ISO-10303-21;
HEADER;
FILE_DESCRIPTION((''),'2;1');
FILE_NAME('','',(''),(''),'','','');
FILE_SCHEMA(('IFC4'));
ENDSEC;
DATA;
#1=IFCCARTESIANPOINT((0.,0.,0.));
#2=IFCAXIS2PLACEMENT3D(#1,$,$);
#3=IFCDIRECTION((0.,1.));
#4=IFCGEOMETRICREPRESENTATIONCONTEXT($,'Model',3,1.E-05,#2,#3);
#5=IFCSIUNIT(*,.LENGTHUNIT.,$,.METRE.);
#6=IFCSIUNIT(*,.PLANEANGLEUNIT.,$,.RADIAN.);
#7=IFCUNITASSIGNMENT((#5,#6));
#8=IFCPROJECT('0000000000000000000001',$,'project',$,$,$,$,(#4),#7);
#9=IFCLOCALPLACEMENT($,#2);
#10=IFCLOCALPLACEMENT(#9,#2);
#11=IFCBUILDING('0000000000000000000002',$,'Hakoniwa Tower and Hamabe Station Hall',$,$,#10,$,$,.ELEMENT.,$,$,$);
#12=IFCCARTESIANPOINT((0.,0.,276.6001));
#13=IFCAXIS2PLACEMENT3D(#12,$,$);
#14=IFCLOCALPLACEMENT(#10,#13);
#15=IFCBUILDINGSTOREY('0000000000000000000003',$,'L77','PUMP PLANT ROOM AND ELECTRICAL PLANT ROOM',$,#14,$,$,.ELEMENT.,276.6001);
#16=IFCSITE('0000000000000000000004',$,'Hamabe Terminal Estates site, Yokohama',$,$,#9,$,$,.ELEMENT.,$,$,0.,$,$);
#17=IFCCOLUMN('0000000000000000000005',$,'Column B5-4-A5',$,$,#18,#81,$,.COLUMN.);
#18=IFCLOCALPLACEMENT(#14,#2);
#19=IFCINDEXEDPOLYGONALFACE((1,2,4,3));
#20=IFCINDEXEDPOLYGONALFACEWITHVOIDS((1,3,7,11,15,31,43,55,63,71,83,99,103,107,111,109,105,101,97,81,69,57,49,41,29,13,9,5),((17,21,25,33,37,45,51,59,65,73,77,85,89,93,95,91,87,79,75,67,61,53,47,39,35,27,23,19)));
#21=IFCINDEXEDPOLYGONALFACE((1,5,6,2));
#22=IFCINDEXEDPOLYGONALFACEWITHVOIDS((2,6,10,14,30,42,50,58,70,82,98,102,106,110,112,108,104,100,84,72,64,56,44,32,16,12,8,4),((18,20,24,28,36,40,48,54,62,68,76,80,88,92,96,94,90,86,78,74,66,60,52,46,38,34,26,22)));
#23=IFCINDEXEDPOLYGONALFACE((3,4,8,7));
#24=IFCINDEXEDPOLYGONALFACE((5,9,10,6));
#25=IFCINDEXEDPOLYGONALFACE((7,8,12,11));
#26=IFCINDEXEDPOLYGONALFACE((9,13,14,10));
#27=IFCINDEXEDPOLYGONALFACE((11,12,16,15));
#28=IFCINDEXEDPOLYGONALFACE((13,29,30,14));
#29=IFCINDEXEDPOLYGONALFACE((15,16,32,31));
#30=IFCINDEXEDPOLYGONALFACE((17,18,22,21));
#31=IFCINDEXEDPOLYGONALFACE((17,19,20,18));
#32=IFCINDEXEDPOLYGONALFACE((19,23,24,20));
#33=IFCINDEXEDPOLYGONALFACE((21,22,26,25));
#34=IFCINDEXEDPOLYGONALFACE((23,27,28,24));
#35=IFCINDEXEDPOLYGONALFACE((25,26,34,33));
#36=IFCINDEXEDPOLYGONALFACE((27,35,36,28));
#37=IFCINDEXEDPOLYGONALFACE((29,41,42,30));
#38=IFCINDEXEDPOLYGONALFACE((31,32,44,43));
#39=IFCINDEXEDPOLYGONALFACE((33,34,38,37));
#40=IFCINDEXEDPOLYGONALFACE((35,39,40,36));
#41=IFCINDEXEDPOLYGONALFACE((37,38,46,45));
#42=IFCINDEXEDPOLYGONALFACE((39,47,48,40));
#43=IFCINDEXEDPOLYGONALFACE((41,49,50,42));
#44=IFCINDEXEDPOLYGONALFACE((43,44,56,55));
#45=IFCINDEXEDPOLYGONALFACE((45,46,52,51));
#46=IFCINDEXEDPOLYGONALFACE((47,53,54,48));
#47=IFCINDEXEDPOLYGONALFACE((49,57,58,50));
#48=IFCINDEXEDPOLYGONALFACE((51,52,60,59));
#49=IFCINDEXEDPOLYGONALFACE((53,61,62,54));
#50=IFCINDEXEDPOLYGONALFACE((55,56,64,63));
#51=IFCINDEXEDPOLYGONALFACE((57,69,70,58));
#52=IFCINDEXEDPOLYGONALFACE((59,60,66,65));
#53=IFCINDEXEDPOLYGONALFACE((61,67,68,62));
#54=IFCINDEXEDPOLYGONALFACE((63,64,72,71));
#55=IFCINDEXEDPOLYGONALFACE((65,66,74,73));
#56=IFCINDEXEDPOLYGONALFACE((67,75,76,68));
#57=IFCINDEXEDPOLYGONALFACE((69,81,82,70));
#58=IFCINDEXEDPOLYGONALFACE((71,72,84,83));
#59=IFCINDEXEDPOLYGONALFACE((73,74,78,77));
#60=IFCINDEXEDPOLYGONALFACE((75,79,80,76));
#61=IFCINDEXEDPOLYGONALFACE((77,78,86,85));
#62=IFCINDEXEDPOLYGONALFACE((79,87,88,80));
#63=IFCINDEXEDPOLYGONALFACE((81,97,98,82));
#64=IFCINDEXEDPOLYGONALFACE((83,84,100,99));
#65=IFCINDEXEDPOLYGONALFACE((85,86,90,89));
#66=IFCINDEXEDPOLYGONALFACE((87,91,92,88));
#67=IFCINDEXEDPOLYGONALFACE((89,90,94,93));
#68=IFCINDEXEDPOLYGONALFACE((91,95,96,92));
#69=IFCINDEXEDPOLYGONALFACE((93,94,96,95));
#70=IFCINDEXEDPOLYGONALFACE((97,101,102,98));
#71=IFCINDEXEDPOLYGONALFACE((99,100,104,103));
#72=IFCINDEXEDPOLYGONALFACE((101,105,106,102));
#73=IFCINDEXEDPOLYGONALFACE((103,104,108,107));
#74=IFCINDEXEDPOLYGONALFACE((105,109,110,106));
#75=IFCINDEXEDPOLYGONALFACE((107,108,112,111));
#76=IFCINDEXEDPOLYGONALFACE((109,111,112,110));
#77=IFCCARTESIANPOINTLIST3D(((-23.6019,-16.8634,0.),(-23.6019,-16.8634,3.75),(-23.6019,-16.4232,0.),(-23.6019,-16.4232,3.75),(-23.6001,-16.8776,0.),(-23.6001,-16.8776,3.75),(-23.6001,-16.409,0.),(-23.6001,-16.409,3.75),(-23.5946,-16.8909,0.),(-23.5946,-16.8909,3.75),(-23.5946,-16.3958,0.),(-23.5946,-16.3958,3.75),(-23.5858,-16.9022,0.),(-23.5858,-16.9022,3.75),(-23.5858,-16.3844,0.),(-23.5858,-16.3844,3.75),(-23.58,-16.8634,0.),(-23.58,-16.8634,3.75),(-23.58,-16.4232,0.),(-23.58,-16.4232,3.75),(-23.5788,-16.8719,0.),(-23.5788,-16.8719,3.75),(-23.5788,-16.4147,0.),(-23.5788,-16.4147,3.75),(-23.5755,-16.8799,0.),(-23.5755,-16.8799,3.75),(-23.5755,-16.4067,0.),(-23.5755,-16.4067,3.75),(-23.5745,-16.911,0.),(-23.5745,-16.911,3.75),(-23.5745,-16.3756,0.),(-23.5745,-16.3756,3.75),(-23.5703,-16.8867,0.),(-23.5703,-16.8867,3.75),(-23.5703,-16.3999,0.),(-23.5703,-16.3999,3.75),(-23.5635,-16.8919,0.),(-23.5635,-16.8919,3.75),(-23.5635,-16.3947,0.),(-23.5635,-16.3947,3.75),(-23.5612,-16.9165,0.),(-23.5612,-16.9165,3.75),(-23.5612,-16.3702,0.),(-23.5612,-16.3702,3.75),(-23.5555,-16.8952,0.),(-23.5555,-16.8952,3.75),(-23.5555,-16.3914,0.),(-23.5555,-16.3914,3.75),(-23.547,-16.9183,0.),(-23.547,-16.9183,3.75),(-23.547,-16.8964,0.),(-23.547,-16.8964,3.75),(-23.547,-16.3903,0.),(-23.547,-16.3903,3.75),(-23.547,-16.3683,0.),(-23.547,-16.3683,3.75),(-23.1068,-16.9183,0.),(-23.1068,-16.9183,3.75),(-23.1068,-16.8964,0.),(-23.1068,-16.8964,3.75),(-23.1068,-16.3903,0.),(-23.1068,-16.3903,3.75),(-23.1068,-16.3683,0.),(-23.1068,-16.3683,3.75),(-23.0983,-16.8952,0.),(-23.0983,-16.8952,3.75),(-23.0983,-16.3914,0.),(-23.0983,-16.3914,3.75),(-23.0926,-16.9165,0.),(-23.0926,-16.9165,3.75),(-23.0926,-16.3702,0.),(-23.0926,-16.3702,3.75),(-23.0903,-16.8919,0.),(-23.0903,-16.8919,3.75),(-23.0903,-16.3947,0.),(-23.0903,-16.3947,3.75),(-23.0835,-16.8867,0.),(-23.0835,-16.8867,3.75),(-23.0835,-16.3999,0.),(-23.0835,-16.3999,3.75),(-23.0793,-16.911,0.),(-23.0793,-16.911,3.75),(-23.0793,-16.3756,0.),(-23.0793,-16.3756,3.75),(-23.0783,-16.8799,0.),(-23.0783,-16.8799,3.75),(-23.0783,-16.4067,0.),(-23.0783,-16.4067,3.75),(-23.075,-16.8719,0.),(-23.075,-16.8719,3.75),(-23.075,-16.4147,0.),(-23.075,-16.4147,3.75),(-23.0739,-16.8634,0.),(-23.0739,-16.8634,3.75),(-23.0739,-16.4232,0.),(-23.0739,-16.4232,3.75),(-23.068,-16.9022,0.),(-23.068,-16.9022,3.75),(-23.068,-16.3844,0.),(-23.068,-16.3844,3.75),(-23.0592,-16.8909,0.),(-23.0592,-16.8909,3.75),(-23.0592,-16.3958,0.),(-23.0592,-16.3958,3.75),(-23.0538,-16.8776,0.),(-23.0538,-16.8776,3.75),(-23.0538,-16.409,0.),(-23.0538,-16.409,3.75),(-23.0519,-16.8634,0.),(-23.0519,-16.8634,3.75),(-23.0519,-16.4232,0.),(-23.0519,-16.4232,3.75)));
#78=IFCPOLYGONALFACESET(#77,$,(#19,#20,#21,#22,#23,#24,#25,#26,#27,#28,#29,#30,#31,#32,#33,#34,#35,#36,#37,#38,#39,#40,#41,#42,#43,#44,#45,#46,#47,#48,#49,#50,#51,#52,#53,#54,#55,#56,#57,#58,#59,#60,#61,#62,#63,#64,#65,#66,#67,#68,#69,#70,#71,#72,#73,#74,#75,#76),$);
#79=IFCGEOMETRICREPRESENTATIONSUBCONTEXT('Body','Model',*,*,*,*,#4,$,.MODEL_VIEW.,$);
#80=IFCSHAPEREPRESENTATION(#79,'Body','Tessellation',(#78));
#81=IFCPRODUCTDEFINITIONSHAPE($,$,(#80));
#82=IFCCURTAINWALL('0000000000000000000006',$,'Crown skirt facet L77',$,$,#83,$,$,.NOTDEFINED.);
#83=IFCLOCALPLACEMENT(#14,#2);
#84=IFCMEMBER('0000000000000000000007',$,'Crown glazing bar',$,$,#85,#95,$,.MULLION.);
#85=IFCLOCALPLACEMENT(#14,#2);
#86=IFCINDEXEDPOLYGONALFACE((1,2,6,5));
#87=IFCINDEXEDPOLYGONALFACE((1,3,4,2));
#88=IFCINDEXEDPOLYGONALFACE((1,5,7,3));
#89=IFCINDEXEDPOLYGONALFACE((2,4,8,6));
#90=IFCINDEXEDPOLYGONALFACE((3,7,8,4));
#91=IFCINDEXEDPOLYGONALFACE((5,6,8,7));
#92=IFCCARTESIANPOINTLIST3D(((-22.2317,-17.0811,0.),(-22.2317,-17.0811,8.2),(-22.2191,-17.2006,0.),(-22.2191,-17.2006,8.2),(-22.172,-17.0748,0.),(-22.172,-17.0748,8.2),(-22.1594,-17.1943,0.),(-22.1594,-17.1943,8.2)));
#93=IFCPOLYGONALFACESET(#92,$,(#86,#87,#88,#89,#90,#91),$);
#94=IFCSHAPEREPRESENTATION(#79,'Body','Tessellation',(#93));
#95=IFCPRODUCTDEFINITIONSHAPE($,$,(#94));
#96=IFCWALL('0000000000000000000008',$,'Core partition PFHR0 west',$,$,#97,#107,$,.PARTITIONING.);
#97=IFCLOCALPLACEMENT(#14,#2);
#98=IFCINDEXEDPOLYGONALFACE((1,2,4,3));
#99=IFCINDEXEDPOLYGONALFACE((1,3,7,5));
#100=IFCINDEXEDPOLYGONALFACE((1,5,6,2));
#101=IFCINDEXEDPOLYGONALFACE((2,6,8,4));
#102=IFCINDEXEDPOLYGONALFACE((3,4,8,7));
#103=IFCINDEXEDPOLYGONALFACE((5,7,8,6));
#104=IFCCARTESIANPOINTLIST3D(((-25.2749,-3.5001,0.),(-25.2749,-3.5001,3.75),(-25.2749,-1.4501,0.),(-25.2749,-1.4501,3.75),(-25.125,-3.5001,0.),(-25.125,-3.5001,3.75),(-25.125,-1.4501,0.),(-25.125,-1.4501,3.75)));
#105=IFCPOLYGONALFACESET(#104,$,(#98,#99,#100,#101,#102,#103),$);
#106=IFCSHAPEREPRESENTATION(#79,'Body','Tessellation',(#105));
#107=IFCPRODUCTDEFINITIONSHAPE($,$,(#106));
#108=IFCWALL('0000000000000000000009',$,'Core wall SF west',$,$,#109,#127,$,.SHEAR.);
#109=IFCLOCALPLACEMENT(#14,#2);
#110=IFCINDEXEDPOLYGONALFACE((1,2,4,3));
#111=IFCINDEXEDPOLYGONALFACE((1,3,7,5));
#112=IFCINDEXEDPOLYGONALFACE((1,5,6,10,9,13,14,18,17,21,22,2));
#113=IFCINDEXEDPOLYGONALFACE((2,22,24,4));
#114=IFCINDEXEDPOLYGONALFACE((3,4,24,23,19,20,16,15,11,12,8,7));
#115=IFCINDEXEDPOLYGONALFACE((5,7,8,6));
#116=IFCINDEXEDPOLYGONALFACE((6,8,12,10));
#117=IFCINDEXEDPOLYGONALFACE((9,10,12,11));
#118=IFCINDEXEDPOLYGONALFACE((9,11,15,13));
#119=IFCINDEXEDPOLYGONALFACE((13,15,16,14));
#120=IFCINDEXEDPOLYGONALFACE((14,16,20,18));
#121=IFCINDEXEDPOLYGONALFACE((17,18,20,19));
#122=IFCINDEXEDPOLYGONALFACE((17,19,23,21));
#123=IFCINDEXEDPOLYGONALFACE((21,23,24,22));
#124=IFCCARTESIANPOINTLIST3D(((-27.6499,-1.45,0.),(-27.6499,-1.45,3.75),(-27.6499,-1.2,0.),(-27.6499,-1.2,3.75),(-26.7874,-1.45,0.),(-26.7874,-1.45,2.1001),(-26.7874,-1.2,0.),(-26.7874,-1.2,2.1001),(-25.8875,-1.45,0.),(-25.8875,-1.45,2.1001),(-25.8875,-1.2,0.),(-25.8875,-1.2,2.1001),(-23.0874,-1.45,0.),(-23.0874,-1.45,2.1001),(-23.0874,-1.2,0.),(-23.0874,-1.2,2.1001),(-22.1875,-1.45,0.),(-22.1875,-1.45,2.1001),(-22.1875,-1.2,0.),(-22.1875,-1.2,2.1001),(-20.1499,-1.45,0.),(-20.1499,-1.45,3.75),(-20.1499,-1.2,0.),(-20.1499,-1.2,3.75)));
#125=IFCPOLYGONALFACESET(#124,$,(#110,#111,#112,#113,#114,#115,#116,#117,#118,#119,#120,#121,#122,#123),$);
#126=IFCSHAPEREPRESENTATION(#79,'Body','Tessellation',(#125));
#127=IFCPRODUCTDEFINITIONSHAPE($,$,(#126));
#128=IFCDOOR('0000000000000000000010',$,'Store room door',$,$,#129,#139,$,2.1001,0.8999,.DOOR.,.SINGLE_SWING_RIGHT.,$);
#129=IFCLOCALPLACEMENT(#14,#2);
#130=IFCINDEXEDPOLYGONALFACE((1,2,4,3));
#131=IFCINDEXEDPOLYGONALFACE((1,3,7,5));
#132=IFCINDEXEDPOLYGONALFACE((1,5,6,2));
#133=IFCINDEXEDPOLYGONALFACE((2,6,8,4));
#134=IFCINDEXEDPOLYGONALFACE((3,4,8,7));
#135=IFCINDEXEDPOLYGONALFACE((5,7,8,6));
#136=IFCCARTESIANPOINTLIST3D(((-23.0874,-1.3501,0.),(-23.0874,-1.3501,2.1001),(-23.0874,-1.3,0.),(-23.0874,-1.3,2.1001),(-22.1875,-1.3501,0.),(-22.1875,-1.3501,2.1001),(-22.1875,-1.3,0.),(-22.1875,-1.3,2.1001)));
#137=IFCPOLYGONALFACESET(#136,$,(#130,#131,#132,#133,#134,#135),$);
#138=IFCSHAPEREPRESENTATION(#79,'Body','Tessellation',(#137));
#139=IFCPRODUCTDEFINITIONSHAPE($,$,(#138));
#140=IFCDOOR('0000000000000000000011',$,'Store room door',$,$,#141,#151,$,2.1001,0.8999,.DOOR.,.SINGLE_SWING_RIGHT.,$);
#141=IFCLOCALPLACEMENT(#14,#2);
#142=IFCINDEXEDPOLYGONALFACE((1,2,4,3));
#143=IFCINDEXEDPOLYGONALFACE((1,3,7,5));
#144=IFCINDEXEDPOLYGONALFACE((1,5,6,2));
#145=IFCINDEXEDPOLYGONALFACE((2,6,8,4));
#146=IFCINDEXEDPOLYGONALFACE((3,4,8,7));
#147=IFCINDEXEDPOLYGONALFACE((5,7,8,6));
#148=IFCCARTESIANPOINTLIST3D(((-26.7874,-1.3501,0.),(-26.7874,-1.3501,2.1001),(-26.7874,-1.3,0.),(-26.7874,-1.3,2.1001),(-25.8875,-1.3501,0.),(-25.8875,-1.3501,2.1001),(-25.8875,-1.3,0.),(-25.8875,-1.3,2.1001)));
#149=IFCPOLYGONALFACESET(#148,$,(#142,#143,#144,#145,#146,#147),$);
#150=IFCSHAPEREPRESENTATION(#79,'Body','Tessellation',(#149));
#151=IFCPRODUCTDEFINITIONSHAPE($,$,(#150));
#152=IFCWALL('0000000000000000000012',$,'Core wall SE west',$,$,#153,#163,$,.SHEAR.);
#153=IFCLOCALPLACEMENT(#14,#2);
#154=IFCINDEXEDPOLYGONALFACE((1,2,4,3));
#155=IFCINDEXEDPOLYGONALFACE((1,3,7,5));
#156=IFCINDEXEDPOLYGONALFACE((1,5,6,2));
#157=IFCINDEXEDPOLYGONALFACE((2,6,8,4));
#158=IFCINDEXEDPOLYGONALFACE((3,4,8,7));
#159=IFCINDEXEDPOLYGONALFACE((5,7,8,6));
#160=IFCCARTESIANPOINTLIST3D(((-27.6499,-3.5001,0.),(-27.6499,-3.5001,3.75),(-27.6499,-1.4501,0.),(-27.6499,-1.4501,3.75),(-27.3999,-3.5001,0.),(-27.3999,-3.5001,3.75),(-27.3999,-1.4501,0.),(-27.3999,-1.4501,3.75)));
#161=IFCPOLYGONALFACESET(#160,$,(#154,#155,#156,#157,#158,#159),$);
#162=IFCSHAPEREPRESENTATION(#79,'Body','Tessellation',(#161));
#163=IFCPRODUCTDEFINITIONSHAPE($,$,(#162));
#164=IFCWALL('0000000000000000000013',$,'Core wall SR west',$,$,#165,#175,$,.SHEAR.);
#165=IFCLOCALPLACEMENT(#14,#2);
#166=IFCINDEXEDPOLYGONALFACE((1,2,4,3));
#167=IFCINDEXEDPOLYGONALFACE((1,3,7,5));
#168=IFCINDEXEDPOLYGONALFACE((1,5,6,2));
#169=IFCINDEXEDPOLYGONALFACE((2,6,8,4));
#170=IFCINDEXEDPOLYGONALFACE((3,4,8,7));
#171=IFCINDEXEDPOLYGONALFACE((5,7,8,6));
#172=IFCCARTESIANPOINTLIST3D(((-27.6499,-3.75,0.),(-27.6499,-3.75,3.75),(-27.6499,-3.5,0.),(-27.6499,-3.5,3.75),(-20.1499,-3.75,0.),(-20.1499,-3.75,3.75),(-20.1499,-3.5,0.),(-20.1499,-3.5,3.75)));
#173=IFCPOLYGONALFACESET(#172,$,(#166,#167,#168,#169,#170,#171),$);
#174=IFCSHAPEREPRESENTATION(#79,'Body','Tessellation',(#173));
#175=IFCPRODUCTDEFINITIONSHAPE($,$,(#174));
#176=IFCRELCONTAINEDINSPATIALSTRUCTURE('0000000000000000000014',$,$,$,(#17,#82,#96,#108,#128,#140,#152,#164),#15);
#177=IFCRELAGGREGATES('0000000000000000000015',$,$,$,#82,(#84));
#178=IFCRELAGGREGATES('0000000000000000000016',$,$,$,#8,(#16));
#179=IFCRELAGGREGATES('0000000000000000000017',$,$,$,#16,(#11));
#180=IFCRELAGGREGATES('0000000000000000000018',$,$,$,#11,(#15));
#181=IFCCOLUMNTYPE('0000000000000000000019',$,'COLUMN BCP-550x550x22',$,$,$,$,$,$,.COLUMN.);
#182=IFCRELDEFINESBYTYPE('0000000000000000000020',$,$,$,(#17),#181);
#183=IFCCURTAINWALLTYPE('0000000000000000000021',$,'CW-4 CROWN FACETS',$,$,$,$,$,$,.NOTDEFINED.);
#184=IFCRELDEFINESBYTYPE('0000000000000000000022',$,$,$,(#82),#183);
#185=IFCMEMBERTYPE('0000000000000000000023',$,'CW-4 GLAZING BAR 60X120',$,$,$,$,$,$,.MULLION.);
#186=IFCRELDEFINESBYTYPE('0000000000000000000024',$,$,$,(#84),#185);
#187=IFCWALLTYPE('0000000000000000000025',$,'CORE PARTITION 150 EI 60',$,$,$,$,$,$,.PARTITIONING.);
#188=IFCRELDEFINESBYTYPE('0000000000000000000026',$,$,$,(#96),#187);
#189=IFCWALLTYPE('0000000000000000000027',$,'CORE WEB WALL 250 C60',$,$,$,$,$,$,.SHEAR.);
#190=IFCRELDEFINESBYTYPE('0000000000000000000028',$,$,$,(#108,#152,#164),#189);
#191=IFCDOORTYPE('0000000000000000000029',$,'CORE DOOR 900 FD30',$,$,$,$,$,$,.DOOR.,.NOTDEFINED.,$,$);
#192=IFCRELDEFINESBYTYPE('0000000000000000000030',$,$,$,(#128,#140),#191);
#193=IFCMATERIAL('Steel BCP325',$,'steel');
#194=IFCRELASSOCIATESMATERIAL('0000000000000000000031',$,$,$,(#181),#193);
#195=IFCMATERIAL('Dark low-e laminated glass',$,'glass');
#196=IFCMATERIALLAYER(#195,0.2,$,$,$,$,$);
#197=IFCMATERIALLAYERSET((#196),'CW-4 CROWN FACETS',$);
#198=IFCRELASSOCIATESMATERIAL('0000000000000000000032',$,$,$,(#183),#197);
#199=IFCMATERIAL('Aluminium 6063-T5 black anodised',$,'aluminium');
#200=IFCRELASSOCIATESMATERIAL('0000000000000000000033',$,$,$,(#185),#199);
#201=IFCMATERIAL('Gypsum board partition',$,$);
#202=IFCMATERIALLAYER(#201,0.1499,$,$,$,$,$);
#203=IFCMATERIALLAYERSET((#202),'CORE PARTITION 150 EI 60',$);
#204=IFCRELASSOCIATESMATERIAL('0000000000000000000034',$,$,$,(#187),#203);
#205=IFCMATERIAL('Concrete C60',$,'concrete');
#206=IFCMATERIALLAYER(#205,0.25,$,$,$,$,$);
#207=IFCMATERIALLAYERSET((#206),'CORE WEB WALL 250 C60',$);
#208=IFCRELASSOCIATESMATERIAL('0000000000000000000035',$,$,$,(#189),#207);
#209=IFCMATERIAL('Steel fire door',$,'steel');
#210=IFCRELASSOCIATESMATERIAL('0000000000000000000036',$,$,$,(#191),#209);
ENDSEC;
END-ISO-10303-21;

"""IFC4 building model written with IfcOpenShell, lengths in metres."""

from ifc_helpers import new_model, si_unit, direction, frame, frame_2d, origin, origin_2d, place, context, subcontext, project, spatial, rectangle, hollow_rectangle, extrude, material, layer, layer_set, material_profile, profile_set, type_object, element, fill, aggregate, save


model = new_model("IFC4")

# Units and contexts
model_context = context("Model", 3, precision=1e-05, world=origin(), true_north=direction((0.0, 1.0)))
body_context = subcontext(model_context, "Body", "Model", "MODEL_VIEW")
ifc_project = project(units=[si_unit("LENGTHUNIT", "METRE"), si_unit("PLANEANGLEUNIT", "RADIAN")], contexts=[model_context])

# Site, building, storey
site_placement = place(None, origin())
site = spatial("IfcSite", under=ifc_project, at=site_placement, Name="Hamabe Terminal Estates site, Yokohama", CompositionType="ELEMENT", RefElevation=0.0)
building_placement = place(site_placement, origin())
building = spatial("IfcBuilding", under=site, at=building_placement, Name="Hakoniwa Tower and Hamabe Station Hall", CompositionType="ELEMENT")
storey_placement = place(building_placement, frame((0.0, 0.0, 276.6001)))
storey = spatial("IfcBuildingStorey", under=building, at=storey_placement, Name="L77", Description="PUMP PLANT ROOM AND ELECTRICAL PLANT ROOM", CompositionType="ELEMENT", Elevation=276.6001)

# Column
ifc_material_1 = material(Name="Steel BCP325", Category="steel")
ifc_material_profile_1 = material_profile(ifc_material_1, hollow_rectangle(XDim=0.55, YDim=0.55, WallThickness=0.022, InnerFilletRadius=0.033, OuterFilletRadius=0.0549, at=origin_2d()), Name="BCP-550x550x22")
ifc_profile_set_1 = profile_set([ifc_material_profile_1], Name="Steel BCP325")
column_type = type_object("IfcColumnType", Name="COLUMN BCP-550x550x22", PredefinedType="COLUMN", material=ifc_profile_set_1)
column_placement = place(storey_placement, frame((-23.3269, -16.6433, 0.0), z_axis=(0.0, 0.0, 1.0), x_axis=(1.0, 0.0, 0.0)))
element("IfcColumn", 1, at=column_placement, inside=storey, type_object=column_type, Name="Column B5-4-A5", PredefinedType="COLUMN", context=body_context, shape_type="SweptSolid", body=[
    extrude(hollow_rectangle(XDim=0.55, YDim=0.55, WallThickness=0.022, InnerFilletRadius=0.033, OuterFilletRadius=0.0549, at=origin_2d()), origin(), (0.0, 0.0, 1.0), 3.75),
])

# Curtain wall, member
ifc_material_2 = material(Name="Dark low-e laminated glass", Category="glass")
ifc_layer_1 = layer(ifc_material_2, 0.2)
ifc_layer_set_1 = layer_set([ifc_layer_1], Name="CW-4 CROWN FACETS")
curtain_wall_type = type_object("IfcCurtainWallType", Name="CW-4 CROWN FACETS", PredefinedType="NOTDEFINED", material=ifc_layer_set_1)
curtain_wall_placement = place(storey_placement, origin())
curtain_wall = element("IfcCurtainWall", 2, at=curtain_wall_placement, inside=storey, type_object=curtain_wall_type, Name="Crown skirt facet L77", PredefinedType="NOTDEFINED")
ifc_material_3 = material(Name="Aluminium 6063-T5 black anodised", Category="aluminium")
ifc_material_profile_2 = material_profile(ifc_material_3, rectangle(XDim=0.0601, YDim=0.1201, at=origin_2d()), Name="CW-4 GLAZING BAR 60X120")
ifc_profile_set_2 = profile_set([ifc_material_profile_2], Name="Aluminium 6063-T5 black anodised")
member_type = type_object("IfcMemberType", Name="CW-4 GLAZING BAR 60X120", PredefinedType="MULLION", material=ifc_profile_set_2)
member_placement = place(storey_placement, frame((-22.1956, -17.1377, 0.0), z_axis=(0.0, 0.0, 1.0), x_axis=(-0.994522, -0.104528, 0.0)))
member = element("IfcMember", 3, at=member_placement, type_object=member_type, Name="Crown glazing bar", PredefinedType="MULLION", context=body_context, shape_type="SweptSolid", body=[
    extrude(rectangle(XDim=0.0601, YDim=0.1201, at=origin_2d()), origin(), (0.0, 0.0, 1.0), 8.2),
])
aggregate(curtain_wall, [member])

# Wall
ifc_material_4 = material(Name="Gypsum board partition")
ifc_layer_2 = layer(ifc_material_4, 0.1499)
ifc_layer_set_2 = layer_set([ifc_layer_2], Name="CORE PARTITION 150 EI 60")
wall_type_1 = type_object("IfcWallType", Name="CORE PARTITION 150 EI 60", PredefinedType="PARTITIONING", material=ifc_layer_set_2)
wall_1_placement = place(storey_placement, frame((-25.2, -3.5, 0.0), z_axis=(0.0, 0.0, 1.0), x_axis=(0.0, 1.0, 0.0)))
element("IfcWall", 4, at=wall_1_placement, inside=storey, type_object=wall_type_1, Name="Core partition PFHR0 west", PredefinedType="PARTITIONING", context=body_context, shape_type="SweptSolid", body=[
    extrude(rectangle(XDim=2.05, YDim=0.1499, at=frame_2d((1.0249, 0.0))), origin(), (0.0, 0.0, 1.0), 3.75),
])

# Wall, openings, doors
ifc_material_5 = material(Name="Concrete C60", Category="concrete")
ifc_layer_3 = layer(ifc_material_5, 0.25)
ifc_layer_set_3 = layer_set([ifc_layer_3], Name="CORE WEB WALL 250 C60")
wall_type_2 = type_object("IfcWallType", Name="CORE WEB WALL 250 C60", PredefinedType="SHEAR", material=ifc_layer_set_3)
wall_2_placement = place(storey_placement, frame((-27.6499, -1.325, 0.0), z_axis=(0.0, 0.0, 1.0), x_axis=(1.0, 0.0, 0.0)))
wall_2 = element("IfcWall", 5, at=wall_2_placement, inside=storey, type_object=wall_type_2, Name="Core wall SF west", PredefinedType="SHEAR", context=body_context, shape_type="SweptSolid", body=[
    extrude(rectangle(XDim=7.5, YDim=0.25, at=frame_2d((3.75, 0.0))), origin(), (0.0, 0.0, 1.0), 3.75),
])
opening_1_placement = place(wall_2_placement, frame((4.5625, 0.0, 0.0)))
opening_1 = element("IfcOpeningElement", 6, at=opening_1_placement, cuts=wall_2, PredefinedType="OPENING", context=body_context, shape_type="SweptSolid", body=[
    extrude(rectangle(XDim=0.8999, YDim=2.1001, at=frame_2d((0.45, 1.05))), frame((0.0, 0.135, 0.0), z_axis=(0.0, -1.0, 0.0), x_axis=(1.0, 0.0, 0.0)), (0.0, 0.0, 1.0), 0.27),
])
opening_2_placement = place(wall_2_placement, frame((0.8625, 0.0, 0.0)))
opening_2 = element("IfcOpeningElement", 7, at=opening_2_placement, cuts=wall_2, PredefinedType="OPENING", context=body_context, shape_type="SweptSolid", body=[
    extrude(rectangle(XDim=0.8999, YDim=2.1001, at=frame_2d((0.45, 1.05))), frame((0.0, 0.135, 0.0), z_axis=(0.0, -1.0, 0.0), x_axis=(1.0, 0.0, 0.0)), (0.0, 0.0, 1.0), 0.27),
])
ifc_material_6 = material(Name="Steel fire door", Category="steel")
door_type_1 = type_object("IfcDoorType", Name="CORE DOOR 900 FD30", OperationType="NOTDEFINED", PredefinedType="DOOR", material=ifc_material_6)
door_1_placement = place(opening_1_placement, origin())
door_1 = element("IfcDoor", 8, at=door_1_placement, inside=storey, type_object=door_type_1, Name="Store room door", OperationType="SINGLE_SWING_RIGHT", OverallHeight=2.1001, OverallWidth=0.8999, PredefinedType="DOOR", context=body_context, shape_type="SweptSolid", body=[
    extrude(rectangle(XDim=0.8999, YDim=2.1001, at=frame_2d((0.45, 1.05))), frame((0.0, 0.0249, 0.0), z_axis=(0.0, -1.0, 0.0), x_axis=(1.0, 0.0, 0.0)), (0.0, 0.0, 1.0), 0.05),
])
fill(opening_1, door_1)
door_2_placement = place(opening_2_placement, origin())
door_2 = element("IfcDoor", 9, at=door_2_placement, inside=storey, type_object=door_type_1, Name="Store room door", OperationType="SINGLE_SWING_RIGHT", OverallHeight=2.1001, OverallWidth=0.8999, PredefinedType="DOOR", context=body_context, shape_type="SweptSolid", body=[
    extrude(rectangle(XDim=0.8999, YDim=2.1001, at=frame_2d((0.45, 1.05))), frame((0.0, 0.0249, 0.0), z_axis=(0.0, -1.0, 0.0), x_axis=(1.0, 0.0, 0.0)), (0.0, 0.0, 1.0), 0.05),
])
fill(opening_2, door_2)

# Walls
wall_3_placement = place(storey_placement, frame((-27.5249, -3.5, 0.0), z_axis=(0.0, 0.0, 1.0), x_axis=(0.0, 1.0, 0.0)))
element("IfcWall", 10, at=wall_3_placement, inside=storey, type_object=wall_type_2, Name="Core wall SE west", PredefinedType="SHEAR", context=body_context, shape_type="SweptSolid", body=[
    extrude(rectangle(XDim=2.05, YDim=0.25, at=frame_2d((1.0249, 0.0))), origin(), (0.0, 0.0, 1.0), 3.75),
])
wall_4_placement = place(storey_placement, frame((-27.6499, -3.625, 0.0), z_axis=(0.0, 0.0, 1.0), x_axis=(1.0, 0.0, 0.0)))
element("IfcWall", 11, at=wall_4_placement, inside=storey, type_object=wall_type_2, Name="Core wall SR west", PredefinedType="SHEAR", context=body_context, shape_type="SweptSolid", body=[
    extrude(rectangle(XDim=7.5, YDim=0.25, at=frame_2d((3.75, 0.0))), origin(), (0.0, 0.0, 1.0), 3.75),
])

save(model, "model.ifc")
